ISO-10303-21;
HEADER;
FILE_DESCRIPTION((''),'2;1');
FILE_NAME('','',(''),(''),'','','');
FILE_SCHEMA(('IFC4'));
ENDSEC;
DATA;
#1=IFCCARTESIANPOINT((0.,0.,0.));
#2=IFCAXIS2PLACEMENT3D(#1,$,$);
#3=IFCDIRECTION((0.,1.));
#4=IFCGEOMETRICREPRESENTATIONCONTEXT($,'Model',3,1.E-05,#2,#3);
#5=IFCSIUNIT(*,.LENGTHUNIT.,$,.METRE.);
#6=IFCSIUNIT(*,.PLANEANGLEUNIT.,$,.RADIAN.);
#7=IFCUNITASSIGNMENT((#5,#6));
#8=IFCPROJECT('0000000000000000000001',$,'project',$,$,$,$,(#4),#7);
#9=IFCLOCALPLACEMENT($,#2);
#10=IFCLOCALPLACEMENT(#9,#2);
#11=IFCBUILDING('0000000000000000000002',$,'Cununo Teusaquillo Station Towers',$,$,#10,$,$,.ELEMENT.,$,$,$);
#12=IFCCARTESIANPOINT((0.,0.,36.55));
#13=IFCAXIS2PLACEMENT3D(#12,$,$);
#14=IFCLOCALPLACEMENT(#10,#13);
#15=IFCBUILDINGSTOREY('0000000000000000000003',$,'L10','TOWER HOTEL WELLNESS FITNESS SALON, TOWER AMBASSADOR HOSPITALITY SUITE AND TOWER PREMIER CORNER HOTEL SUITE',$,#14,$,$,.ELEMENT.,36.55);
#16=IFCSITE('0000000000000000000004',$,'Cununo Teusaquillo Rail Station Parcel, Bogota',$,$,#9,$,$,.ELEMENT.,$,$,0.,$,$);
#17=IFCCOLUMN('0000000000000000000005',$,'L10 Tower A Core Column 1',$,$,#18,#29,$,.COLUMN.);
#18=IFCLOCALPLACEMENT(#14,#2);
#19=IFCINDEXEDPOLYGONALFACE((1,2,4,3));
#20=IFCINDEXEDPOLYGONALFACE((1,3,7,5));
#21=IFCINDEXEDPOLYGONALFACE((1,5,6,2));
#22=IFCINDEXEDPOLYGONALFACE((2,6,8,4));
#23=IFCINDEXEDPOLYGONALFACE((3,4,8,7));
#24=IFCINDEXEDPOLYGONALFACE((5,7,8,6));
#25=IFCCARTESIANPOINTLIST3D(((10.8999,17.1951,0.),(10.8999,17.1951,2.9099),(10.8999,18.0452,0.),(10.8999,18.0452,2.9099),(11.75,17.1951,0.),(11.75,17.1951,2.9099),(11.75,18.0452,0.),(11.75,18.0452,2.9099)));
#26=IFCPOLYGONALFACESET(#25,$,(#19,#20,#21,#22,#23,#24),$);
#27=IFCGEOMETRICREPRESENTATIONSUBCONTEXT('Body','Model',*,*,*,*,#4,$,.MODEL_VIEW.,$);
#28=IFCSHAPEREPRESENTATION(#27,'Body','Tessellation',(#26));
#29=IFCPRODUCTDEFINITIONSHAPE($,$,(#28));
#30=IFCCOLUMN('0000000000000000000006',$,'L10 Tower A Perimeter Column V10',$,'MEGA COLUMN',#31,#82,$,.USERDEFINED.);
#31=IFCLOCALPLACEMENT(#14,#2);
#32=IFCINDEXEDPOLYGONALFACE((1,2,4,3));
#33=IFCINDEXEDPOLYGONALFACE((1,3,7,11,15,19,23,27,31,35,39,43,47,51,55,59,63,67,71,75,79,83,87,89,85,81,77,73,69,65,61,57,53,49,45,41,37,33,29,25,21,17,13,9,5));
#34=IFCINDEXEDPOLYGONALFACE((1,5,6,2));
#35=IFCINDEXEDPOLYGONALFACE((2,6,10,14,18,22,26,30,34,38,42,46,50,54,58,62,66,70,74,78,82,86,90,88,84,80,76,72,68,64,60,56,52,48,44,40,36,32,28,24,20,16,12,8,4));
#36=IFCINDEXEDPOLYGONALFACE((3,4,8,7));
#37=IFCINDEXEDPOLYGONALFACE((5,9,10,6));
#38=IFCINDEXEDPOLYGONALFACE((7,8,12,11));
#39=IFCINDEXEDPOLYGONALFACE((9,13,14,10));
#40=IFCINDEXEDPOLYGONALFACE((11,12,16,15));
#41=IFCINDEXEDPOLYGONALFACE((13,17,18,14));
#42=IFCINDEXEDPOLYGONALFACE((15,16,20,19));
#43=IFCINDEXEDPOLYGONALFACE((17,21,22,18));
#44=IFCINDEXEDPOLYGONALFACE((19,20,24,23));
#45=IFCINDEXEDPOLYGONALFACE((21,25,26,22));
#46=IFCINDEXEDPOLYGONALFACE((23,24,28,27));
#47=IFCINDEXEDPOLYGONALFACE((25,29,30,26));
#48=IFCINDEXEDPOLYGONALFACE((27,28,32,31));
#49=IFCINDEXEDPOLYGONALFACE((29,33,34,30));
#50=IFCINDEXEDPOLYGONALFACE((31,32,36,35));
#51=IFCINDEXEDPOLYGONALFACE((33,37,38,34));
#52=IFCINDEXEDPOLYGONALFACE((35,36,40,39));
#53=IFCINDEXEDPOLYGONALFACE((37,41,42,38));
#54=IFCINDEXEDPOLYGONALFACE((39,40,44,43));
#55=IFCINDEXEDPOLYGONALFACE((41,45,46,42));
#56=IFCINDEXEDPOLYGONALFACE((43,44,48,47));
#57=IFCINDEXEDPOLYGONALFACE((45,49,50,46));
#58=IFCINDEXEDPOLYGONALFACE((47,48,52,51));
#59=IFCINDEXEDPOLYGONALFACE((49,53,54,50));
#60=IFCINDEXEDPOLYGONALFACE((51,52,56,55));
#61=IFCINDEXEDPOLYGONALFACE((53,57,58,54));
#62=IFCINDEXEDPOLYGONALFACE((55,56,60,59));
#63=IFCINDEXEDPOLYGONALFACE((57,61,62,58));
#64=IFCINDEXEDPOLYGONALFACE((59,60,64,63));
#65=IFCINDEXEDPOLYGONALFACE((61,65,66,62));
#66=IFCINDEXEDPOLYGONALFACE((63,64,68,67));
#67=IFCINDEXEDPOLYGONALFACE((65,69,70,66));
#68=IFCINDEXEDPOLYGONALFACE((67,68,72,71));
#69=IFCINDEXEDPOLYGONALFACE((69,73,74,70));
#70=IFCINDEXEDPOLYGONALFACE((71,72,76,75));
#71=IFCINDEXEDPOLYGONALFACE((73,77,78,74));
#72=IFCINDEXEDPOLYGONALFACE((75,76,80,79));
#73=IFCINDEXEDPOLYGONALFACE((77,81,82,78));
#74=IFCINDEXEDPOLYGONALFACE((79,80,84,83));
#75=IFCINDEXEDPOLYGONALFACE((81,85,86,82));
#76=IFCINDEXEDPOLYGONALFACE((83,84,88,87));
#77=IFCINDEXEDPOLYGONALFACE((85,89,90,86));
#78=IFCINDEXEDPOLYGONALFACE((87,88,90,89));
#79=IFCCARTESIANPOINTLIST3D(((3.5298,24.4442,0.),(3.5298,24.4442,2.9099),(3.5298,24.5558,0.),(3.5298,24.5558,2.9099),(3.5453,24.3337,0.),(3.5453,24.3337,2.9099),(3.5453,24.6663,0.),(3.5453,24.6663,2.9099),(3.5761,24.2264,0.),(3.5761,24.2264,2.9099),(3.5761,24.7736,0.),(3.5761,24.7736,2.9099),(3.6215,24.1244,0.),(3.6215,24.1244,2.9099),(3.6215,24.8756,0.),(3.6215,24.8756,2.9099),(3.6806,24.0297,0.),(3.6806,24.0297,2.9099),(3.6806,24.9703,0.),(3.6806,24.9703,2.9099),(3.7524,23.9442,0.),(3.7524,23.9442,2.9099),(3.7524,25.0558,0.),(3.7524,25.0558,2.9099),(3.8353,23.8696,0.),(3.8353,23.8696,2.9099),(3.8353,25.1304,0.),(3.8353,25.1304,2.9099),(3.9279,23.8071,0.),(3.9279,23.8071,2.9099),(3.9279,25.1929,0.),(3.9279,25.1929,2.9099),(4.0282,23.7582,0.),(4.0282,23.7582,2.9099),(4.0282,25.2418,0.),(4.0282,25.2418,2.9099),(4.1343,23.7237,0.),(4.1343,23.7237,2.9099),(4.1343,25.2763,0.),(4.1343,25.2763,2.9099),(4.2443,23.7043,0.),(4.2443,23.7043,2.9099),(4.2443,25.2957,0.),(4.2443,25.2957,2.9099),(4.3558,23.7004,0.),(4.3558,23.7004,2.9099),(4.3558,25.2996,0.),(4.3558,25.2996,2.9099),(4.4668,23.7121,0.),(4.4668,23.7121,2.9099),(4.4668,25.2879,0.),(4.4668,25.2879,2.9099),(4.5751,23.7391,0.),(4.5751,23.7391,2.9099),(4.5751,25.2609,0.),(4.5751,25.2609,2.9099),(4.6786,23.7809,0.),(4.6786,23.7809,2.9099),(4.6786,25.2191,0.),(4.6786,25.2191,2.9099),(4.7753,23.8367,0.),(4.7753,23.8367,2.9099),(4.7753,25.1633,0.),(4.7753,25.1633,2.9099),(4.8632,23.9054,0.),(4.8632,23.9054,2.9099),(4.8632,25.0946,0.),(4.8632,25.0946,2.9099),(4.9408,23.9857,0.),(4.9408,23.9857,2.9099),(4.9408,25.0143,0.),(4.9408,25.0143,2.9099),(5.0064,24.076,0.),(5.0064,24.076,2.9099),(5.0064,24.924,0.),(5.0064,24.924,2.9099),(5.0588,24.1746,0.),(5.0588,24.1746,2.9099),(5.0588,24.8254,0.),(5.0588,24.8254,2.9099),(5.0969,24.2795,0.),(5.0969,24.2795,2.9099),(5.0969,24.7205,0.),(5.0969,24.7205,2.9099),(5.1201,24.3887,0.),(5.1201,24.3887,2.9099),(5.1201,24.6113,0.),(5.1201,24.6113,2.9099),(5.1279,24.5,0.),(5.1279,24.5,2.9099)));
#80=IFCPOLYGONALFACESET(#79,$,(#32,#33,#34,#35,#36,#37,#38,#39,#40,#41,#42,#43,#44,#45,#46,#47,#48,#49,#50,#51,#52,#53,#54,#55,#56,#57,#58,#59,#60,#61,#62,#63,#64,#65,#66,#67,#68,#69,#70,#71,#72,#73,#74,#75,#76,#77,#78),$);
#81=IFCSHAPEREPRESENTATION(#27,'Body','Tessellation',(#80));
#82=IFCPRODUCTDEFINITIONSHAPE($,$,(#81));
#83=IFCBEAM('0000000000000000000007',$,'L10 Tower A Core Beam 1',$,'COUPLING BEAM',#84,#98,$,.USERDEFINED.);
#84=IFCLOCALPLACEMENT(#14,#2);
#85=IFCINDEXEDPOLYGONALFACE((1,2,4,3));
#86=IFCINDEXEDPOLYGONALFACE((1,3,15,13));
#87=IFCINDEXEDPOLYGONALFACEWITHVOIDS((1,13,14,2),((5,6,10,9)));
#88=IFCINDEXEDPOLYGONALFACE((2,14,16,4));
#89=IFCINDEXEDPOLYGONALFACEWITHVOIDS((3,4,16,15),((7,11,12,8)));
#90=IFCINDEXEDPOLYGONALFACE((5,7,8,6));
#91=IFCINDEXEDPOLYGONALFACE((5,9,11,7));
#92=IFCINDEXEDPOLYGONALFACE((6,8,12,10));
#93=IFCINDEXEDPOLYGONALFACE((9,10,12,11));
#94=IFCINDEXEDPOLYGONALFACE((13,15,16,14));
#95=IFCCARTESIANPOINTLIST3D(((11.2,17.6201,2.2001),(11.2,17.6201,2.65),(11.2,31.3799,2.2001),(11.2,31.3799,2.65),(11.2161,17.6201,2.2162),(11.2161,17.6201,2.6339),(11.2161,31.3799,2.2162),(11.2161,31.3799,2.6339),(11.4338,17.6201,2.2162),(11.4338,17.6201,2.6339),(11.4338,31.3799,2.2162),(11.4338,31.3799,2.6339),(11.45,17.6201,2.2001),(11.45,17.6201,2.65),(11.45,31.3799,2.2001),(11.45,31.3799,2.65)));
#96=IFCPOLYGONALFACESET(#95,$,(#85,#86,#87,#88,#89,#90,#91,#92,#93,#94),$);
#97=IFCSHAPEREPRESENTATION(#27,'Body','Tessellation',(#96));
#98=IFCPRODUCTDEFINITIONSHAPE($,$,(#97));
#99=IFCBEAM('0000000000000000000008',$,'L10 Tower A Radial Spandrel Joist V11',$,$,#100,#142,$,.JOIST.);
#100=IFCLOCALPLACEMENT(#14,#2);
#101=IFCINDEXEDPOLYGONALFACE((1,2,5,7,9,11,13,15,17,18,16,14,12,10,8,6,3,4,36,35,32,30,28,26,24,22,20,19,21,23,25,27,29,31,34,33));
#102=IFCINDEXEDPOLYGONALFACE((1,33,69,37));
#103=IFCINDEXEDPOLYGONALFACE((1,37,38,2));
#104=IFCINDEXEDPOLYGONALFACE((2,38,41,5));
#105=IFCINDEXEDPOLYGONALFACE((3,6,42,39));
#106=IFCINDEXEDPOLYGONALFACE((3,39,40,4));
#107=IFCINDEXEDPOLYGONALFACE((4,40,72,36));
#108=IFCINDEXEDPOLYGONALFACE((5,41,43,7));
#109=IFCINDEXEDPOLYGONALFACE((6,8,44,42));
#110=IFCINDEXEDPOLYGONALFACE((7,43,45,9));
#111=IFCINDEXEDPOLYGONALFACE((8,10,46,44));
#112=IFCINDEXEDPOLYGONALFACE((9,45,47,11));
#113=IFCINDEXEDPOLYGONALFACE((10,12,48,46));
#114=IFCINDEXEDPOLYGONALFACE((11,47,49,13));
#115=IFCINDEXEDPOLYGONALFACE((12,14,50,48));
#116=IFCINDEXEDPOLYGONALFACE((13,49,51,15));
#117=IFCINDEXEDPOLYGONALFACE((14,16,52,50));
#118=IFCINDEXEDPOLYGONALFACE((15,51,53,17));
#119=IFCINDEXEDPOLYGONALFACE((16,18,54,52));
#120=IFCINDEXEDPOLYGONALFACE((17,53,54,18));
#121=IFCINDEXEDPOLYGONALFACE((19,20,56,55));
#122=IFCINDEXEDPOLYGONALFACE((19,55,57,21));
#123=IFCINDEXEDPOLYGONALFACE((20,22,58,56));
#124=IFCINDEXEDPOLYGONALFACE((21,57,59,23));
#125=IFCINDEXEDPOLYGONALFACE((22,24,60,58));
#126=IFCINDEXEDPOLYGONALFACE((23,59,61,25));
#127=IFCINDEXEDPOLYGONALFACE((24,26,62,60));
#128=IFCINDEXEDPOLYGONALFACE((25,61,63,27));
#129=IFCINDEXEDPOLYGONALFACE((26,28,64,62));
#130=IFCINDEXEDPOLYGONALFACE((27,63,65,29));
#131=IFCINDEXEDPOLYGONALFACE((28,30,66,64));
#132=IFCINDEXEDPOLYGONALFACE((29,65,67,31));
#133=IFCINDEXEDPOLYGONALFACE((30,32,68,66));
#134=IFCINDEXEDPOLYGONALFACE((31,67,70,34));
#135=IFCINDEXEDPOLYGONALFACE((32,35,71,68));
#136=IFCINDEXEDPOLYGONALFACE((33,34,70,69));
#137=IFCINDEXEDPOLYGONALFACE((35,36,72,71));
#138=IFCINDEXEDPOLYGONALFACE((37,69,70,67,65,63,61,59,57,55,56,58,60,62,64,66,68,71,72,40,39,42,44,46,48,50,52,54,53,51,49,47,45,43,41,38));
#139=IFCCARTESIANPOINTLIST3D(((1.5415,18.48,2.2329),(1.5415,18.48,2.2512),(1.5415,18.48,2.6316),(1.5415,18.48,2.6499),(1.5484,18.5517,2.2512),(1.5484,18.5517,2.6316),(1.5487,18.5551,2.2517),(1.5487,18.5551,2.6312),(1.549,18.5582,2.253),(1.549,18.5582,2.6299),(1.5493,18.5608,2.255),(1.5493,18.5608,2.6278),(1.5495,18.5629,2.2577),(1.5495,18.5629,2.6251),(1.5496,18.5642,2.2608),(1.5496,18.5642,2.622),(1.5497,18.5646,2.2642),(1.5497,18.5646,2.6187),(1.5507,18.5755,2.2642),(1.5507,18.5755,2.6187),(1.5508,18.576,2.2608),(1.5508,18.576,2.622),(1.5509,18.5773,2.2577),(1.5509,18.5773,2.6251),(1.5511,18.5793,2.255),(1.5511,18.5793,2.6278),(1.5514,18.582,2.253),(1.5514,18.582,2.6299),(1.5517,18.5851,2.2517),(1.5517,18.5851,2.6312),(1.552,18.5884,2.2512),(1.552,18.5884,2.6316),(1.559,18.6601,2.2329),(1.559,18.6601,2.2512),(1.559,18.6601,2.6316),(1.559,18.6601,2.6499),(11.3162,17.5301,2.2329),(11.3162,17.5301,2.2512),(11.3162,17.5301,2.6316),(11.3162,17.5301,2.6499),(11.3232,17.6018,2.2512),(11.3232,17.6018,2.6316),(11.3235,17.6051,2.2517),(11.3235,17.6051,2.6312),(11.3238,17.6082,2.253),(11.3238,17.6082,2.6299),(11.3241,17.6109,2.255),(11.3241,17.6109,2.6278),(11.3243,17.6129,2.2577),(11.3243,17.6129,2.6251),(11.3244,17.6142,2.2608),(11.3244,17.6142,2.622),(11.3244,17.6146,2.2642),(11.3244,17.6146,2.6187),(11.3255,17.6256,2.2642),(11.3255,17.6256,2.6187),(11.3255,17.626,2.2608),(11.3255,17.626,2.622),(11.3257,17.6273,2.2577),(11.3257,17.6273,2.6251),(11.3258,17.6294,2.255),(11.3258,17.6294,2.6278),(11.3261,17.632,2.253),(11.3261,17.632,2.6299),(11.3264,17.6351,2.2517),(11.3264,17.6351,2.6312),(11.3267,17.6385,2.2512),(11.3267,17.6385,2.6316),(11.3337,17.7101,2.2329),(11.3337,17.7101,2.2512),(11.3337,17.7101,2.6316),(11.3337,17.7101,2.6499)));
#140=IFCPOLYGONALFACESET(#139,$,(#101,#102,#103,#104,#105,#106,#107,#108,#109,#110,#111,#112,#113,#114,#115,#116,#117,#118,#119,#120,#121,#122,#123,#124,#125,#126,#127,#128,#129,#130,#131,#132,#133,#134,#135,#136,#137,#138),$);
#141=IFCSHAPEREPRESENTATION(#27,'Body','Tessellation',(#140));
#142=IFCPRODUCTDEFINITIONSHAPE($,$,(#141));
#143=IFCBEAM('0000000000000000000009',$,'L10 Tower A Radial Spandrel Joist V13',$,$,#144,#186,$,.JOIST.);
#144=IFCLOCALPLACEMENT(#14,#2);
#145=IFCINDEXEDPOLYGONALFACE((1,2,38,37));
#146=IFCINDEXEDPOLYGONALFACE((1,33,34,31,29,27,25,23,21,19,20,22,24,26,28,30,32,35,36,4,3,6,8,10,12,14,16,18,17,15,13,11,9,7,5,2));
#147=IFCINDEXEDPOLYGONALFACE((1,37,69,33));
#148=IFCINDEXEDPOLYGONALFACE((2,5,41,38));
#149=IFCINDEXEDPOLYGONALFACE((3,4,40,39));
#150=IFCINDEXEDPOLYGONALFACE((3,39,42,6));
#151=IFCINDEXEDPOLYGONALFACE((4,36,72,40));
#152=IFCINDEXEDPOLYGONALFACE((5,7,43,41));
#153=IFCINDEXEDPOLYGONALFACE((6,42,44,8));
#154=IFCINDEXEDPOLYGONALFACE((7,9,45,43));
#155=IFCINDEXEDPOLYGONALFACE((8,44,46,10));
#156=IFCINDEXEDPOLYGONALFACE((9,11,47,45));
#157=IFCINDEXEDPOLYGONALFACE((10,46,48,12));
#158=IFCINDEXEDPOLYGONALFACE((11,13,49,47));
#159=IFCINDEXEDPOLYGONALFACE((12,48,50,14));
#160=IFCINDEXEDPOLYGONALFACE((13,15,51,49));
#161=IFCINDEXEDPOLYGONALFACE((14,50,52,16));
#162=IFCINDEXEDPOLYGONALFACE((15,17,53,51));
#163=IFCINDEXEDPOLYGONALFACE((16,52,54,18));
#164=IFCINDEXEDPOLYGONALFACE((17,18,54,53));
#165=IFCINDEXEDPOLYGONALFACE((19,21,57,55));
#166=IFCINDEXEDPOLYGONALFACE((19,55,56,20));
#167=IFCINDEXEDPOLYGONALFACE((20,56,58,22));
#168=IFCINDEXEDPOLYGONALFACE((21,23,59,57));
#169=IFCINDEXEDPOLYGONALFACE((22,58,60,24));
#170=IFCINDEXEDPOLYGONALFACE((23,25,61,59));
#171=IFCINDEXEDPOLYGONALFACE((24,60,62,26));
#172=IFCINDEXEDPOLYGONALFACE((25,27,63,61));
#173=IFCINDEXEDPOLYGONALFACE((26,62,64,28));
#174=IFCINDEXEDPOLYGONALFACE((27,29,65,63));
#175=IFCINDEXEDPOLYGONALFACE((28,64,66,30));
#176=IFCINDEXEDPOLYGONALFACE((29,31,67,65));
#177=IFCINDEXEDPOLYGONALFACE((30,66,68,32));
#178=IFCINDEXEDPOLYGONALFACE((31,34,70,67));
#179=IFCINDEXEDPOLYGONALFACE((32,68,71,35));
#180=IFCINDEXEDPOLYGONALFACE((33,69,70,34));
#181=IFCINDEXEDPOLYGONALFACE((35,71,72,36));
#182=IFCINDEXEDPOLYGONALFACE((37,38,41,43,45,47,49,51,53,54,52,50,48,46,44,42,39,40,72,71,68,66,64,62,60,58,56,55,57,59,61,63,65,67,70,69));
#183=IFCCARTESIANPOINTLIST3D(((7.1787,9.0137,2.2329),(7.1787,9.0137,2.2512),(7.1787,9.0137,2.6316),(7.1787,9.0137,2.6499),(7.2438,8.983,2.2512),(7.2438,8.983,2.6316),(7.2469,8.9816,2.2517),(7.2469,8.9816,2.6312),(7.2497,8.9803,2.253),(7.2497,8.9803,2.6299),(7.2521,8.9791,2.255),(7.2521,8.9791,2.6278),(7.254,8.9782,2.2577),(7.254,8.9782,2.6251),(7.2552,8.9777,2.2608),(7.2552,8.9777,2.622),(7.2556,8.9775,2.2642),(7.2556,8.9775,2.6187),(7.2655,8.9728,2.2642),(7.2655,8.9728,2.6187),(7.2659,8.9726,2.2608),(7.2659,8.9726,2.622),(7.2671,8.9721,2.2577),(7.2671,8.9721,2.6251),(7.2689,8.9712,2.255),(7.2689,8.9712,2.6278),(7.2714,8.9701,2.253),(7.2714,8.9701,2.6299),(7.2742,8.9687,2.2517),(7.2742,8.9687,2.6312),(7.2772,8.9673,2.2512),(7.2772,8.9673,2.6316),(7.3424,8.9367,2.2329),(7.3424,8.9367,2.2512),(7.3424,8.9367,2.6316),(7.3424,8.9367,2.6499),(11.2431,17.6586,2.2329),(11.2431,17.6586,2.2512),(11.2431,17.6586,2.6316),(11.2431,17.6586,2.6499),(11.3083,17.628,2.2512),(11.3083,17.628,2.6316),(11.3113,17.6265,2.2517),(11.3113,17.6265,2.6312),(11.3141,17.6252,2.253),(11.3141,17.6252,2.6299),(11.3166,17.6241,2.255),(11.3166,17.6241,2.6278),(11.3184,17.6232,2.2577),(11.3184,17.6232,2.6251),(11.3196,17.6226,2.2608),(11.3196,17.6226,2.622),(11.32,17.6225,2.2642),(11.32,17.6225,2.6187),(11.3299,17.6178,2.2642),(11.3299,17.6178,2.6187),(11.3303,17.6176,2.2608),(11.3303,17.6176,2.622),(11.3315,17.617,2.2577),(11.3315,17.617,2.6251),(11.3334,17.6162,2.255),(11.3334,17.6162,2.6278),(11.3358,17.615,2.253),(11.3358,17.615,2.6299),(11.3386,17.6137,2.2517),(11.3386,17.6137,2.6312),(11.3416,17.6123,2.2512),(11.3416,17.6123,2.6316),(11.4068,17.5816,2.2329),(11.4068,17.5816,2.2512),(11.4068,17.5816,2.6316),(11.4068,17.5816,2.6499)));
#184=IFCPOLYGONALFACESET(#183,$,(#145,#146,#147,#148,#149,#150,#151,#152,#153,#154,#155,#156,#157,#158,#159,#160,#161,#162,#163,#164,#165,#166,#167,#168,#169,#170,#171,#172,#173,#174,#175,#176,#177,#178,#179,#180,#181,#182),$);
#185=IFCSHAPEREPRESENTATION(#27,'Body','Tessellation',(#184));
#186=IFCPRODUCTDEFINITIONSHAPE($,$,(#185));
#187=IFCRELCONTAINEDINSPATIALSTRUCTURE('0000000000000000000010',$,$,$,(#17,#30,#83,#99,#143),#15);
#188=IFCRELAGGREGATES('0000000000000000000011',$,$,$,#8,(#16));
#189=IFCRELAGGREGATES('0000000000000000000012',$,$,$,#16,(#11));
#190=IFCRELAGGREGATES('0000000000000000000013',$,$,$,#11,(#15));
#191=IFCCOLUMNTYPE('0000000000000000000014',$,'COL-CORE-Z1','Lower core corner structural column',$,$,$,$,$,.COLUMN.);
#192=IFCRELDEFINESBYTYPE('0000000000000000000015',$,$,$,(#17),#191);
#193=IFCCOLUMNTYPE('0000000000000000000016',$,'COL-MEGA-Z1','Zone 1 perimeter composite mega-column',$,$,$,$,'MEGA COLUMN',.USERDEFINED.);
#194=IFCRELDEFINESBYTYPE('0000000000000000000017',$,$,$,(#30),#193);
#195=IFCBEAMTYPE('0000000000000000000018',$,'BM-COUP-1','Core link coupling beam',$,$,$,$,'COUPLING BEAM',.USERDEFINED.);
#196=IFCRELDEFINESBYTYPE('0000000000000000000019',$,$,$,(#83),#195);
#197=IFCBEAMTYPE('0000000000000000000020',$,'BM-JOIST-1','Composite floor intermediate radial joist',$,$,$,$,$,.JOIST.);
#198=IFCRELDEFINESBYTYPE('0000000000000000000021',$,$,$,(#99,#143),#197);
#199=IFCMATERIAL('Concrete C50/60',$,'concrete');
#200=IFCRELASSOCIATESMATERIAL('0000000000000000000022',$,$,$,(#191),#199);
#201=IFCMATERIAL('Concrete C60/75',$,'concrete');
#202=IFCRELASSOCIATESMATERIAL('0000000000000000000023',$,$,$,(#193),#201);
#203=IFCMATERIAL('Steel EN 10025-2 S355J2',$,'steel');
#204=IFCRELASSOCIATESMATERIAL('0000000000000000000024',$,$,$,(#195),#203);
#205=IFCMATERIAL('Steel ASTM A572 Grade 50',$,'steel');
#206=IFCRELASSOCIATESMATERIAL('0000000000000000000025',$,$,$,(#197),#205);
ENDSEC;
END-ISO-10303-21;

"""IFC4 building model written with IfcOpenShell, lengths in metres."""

from ifc_helpers import new_model, si_unit, direction, frame, origin, origin_2d, place, context, subcontext, project, spatial, rectangle, hollow_rectangle, circle, i_section, extrude, material, material_profile, profile_set, type_object, element, save


model = new_model("IFC4")

# Units and contexts
model_context = context("Model", 3, precision=1e-05, world=origin(), true_north=direction((0.0, 1.0)))
body_context = subcontext(model_context, "Body", "Model", "MODEL_VIEW")
ifc_project = project(units=[si_unit("LENGTHUNIT", "METRE"), si_unit("PLANEANGLEUNIT", "RADIAN")], contexts=[model_context])

# Site, building, storey
site_placement = place(None, origin())
site = spatial("IfcSite", under=ifc_project, at=site_placement, Name="Cununo Teusaquillo Rail Station Parcel, Bogota", CompositionType="ELEMENT", RefElevation=0.0)
building_placement = place(site_placement, origin())
building = spatial("IfcBuilding", under=site, at=building_placement, Name="Cununo Teusaquillo Station Towers", CompositionType="ELEMENT")
storey_placement = place(building_placement, frame((0.0, 0.0, 36.55)))
storey = spatial("IfcBuildingStorey", under=building, at=storey_placement, Name="L10", Description="TOWER HOTEL WELLNESS FITNESS SALON, TOWER AMBASSADOR HOSPITALITY SUITE AND TOWER PREMIER CORNER HOTEL SUITE", CompositionType="ELEMENT", Elevation=36.55)

# Columns
ifc_material_1 = material(Name="Concrete C50/60", Category="concrete")
ifc_material_profile_1 = material_profile(ifc_material_1, rectangle(XDim=0.8501, YDim=0.8501, at=origin_2d()), Name="RC-RECT-850x850")
ifc_profile_set_1 = profile_set([ifc_material_profile_1], Name="Concrete C50/60")
column_type_1 = type_object("IfcColumnType", Name="COL-CORE-Z1", Description="Lower core corner structural column", PredefinedType="COLUMN", material=ifc_profile_set_1)
column_1_placement = place(storey_placement, frame((11.325, 17.6201, 0.0), z_axis=(0.0, 0.0, 1.0), x_axis=(1.0, 0.0, 0.0)))
element("IfcColumn", 1, at=column_1_placement, inside=storey, type_object=column_type_1, Name="L10 Tower A Core Column 1", PredefinedType="COLUMN", context=body_context, shape_type="SweptSolid", body=[
    extrude(rectangle(XDim=0.8501, YDim=0.8501, at=origin_2d()), origin(), (0.0, 0.0, 1.0), 2.9099),
])
ifc_material_2 = material(Name="Concrete C60/75", Category="concrete")
ifc_material_profile_2 = material_profile(ifc_material_2, circle(Radius=0.8, at=origin_2d()), Name="RC-CIRC-1600")
ifc_profile_set_2 = profile_set([ifc_material_profile_2], Name="Concrete C60/75")
column_type_2 = type_object("IfcColumnType", Name="COL-MEGA-Z1", Description="Zone 1 perimeter composite mega-column", ElementType="MEGA COLUMN", PredefinedType="USERDEFINED", material=ifc_profile_set_2)
column_2_placement = place(storey_placement, frame((4.3279, 24.5, 0.0), z_axis=(0.0, 0.0, 1.0), x_axis=(1.0, 0.0, 0.0)))
element("IfcColumn", 2, at=column_2_placement, inside=storey, type_object=column_type_2, Name="L10 Tower A Perimeter Column V10", ObjectType="MEGA COLUMN", PredefinedType="USERDEFINED", context=body_context, shape_type="SweptSolid", body=[
    extrude(circle(Radius=0.8, at=origin_2d()), origin(), (0.0, 0.0, 1.0), 2.9099),
])

# Beams
ifc_material_3 = material(Name="Steel EN 10025-2 S355J2", Category="steel")
ifc_material_profile_3 = material_profile(ifc_material_3, hollow_rectangle(XDim=0.25, YDim=0.45, WallThickness=0.0161, at=origin_2d()), Name="RHS 450x250x16")
ifc_profile_set_3 = profile_set([ifc_material_profile_3], Name="Steel EN 10025-2 S355J2")
beam_type_1 = type_object("IfcBeamType", Name="BM-COUP-1", Description="Core link coupling beam", ElementType="COUPLING BEAM", PredefinedType="USERDEFINED", material=ifc_profile_set_3)
beam_1_placement = place(storey_placement, frame((11.325, 17.6201, 2.425), z_axis=(0.0, 1.0, 0.0), x_axis=(-1.0, 0.0, 0.0)))
element("IfcBeam", 3, at=beam_1_placement, inside=storey, type_object=beam_type_1, Name="L10 Tower A Core Beam 1", ObjectType="COUPLING BEAM", PredefinedType="USERDEFINED", context=body_context, shape_type="SweptSolid", body=[
    extrude(hollow_rectangle(XDim=0.25, YDim=0.45, WallThickness=0.0161, at=origin_2d()), origin(), (0.0, 0.0, 1.0), 13.7598),
])
ifc_material_4 = material(Name="Steel ASTM A572 Grade 50", Category="steel")
ifc_material_profile_4 = material_profile(ifc_material_4, i_section(OverallWidth=0.1809, OverallDepth=0.417, WebThickness=0.011, FlangeThickness=0.0183, FilletRadius=0.0129, at=origin_2d()), Name="W16X57")
ifc_profile_set_4 = profile_set([ifc_material_profile_4], Name="Steel ASTM A572 Grade 50")
beam_type_2 = type_object("IfcBeamType", Name="BM-JOIST-1", Description="Composite floor intermediate radial joist", PredefinedType="JOIST", material=ifc_profile_set_4)
beam_2_placement = place(storey_placement, frame((11.325, 17.6201, 2.4414), z_axis=(-0.995311, 0.096729, 0.0), x_axis=(-0.096729, -0.995311, 0.0)))
element("IfcBeam", 4, at=beam_2_placement, inside=storey, type_object=beam_type_2, Name="L10 Tower A Radial Spandrel Joist V11", PredefinedType="JOIST", context=body_context, shape_type="SweptSolid", body=[
    extrude(i_section(OverallWidth=0.1809, OverallDepth=0.417, WebThickness=0.011, FlangeThickness=0.0183, FilletRadius=0.0129, at=origin_2d()), origin(), (0.0, 0.0, 1.0), 9.8208),
])
beam_3_placement = place(storey_placement, frame((11.325, 17.6201, 2.4414), z_axis=(-0.425472, -0.904972, 0.0), x_axis=(0.904972, -0.425472, 0.0)))
element("IfcBeam", 5, at=beam_3_placement, inside=storey, type_object=beam_type_2, Name="L10 Tower A Radial Spandrel Joist V13", PredefinedType="JOIST", context=body_context, shape_type="SweptSolid", body=[
    extrude(i_section(OverallWidth=0.1809, OverallDepth=0.417, WebThickness=0.011, FlangeThickness=0.0183, FilletRadius=0.0129, at=origin_2d()), origin(), (0.0, 0.0, 1.0), 9.5527),
])

save(model, "model.ifc")
